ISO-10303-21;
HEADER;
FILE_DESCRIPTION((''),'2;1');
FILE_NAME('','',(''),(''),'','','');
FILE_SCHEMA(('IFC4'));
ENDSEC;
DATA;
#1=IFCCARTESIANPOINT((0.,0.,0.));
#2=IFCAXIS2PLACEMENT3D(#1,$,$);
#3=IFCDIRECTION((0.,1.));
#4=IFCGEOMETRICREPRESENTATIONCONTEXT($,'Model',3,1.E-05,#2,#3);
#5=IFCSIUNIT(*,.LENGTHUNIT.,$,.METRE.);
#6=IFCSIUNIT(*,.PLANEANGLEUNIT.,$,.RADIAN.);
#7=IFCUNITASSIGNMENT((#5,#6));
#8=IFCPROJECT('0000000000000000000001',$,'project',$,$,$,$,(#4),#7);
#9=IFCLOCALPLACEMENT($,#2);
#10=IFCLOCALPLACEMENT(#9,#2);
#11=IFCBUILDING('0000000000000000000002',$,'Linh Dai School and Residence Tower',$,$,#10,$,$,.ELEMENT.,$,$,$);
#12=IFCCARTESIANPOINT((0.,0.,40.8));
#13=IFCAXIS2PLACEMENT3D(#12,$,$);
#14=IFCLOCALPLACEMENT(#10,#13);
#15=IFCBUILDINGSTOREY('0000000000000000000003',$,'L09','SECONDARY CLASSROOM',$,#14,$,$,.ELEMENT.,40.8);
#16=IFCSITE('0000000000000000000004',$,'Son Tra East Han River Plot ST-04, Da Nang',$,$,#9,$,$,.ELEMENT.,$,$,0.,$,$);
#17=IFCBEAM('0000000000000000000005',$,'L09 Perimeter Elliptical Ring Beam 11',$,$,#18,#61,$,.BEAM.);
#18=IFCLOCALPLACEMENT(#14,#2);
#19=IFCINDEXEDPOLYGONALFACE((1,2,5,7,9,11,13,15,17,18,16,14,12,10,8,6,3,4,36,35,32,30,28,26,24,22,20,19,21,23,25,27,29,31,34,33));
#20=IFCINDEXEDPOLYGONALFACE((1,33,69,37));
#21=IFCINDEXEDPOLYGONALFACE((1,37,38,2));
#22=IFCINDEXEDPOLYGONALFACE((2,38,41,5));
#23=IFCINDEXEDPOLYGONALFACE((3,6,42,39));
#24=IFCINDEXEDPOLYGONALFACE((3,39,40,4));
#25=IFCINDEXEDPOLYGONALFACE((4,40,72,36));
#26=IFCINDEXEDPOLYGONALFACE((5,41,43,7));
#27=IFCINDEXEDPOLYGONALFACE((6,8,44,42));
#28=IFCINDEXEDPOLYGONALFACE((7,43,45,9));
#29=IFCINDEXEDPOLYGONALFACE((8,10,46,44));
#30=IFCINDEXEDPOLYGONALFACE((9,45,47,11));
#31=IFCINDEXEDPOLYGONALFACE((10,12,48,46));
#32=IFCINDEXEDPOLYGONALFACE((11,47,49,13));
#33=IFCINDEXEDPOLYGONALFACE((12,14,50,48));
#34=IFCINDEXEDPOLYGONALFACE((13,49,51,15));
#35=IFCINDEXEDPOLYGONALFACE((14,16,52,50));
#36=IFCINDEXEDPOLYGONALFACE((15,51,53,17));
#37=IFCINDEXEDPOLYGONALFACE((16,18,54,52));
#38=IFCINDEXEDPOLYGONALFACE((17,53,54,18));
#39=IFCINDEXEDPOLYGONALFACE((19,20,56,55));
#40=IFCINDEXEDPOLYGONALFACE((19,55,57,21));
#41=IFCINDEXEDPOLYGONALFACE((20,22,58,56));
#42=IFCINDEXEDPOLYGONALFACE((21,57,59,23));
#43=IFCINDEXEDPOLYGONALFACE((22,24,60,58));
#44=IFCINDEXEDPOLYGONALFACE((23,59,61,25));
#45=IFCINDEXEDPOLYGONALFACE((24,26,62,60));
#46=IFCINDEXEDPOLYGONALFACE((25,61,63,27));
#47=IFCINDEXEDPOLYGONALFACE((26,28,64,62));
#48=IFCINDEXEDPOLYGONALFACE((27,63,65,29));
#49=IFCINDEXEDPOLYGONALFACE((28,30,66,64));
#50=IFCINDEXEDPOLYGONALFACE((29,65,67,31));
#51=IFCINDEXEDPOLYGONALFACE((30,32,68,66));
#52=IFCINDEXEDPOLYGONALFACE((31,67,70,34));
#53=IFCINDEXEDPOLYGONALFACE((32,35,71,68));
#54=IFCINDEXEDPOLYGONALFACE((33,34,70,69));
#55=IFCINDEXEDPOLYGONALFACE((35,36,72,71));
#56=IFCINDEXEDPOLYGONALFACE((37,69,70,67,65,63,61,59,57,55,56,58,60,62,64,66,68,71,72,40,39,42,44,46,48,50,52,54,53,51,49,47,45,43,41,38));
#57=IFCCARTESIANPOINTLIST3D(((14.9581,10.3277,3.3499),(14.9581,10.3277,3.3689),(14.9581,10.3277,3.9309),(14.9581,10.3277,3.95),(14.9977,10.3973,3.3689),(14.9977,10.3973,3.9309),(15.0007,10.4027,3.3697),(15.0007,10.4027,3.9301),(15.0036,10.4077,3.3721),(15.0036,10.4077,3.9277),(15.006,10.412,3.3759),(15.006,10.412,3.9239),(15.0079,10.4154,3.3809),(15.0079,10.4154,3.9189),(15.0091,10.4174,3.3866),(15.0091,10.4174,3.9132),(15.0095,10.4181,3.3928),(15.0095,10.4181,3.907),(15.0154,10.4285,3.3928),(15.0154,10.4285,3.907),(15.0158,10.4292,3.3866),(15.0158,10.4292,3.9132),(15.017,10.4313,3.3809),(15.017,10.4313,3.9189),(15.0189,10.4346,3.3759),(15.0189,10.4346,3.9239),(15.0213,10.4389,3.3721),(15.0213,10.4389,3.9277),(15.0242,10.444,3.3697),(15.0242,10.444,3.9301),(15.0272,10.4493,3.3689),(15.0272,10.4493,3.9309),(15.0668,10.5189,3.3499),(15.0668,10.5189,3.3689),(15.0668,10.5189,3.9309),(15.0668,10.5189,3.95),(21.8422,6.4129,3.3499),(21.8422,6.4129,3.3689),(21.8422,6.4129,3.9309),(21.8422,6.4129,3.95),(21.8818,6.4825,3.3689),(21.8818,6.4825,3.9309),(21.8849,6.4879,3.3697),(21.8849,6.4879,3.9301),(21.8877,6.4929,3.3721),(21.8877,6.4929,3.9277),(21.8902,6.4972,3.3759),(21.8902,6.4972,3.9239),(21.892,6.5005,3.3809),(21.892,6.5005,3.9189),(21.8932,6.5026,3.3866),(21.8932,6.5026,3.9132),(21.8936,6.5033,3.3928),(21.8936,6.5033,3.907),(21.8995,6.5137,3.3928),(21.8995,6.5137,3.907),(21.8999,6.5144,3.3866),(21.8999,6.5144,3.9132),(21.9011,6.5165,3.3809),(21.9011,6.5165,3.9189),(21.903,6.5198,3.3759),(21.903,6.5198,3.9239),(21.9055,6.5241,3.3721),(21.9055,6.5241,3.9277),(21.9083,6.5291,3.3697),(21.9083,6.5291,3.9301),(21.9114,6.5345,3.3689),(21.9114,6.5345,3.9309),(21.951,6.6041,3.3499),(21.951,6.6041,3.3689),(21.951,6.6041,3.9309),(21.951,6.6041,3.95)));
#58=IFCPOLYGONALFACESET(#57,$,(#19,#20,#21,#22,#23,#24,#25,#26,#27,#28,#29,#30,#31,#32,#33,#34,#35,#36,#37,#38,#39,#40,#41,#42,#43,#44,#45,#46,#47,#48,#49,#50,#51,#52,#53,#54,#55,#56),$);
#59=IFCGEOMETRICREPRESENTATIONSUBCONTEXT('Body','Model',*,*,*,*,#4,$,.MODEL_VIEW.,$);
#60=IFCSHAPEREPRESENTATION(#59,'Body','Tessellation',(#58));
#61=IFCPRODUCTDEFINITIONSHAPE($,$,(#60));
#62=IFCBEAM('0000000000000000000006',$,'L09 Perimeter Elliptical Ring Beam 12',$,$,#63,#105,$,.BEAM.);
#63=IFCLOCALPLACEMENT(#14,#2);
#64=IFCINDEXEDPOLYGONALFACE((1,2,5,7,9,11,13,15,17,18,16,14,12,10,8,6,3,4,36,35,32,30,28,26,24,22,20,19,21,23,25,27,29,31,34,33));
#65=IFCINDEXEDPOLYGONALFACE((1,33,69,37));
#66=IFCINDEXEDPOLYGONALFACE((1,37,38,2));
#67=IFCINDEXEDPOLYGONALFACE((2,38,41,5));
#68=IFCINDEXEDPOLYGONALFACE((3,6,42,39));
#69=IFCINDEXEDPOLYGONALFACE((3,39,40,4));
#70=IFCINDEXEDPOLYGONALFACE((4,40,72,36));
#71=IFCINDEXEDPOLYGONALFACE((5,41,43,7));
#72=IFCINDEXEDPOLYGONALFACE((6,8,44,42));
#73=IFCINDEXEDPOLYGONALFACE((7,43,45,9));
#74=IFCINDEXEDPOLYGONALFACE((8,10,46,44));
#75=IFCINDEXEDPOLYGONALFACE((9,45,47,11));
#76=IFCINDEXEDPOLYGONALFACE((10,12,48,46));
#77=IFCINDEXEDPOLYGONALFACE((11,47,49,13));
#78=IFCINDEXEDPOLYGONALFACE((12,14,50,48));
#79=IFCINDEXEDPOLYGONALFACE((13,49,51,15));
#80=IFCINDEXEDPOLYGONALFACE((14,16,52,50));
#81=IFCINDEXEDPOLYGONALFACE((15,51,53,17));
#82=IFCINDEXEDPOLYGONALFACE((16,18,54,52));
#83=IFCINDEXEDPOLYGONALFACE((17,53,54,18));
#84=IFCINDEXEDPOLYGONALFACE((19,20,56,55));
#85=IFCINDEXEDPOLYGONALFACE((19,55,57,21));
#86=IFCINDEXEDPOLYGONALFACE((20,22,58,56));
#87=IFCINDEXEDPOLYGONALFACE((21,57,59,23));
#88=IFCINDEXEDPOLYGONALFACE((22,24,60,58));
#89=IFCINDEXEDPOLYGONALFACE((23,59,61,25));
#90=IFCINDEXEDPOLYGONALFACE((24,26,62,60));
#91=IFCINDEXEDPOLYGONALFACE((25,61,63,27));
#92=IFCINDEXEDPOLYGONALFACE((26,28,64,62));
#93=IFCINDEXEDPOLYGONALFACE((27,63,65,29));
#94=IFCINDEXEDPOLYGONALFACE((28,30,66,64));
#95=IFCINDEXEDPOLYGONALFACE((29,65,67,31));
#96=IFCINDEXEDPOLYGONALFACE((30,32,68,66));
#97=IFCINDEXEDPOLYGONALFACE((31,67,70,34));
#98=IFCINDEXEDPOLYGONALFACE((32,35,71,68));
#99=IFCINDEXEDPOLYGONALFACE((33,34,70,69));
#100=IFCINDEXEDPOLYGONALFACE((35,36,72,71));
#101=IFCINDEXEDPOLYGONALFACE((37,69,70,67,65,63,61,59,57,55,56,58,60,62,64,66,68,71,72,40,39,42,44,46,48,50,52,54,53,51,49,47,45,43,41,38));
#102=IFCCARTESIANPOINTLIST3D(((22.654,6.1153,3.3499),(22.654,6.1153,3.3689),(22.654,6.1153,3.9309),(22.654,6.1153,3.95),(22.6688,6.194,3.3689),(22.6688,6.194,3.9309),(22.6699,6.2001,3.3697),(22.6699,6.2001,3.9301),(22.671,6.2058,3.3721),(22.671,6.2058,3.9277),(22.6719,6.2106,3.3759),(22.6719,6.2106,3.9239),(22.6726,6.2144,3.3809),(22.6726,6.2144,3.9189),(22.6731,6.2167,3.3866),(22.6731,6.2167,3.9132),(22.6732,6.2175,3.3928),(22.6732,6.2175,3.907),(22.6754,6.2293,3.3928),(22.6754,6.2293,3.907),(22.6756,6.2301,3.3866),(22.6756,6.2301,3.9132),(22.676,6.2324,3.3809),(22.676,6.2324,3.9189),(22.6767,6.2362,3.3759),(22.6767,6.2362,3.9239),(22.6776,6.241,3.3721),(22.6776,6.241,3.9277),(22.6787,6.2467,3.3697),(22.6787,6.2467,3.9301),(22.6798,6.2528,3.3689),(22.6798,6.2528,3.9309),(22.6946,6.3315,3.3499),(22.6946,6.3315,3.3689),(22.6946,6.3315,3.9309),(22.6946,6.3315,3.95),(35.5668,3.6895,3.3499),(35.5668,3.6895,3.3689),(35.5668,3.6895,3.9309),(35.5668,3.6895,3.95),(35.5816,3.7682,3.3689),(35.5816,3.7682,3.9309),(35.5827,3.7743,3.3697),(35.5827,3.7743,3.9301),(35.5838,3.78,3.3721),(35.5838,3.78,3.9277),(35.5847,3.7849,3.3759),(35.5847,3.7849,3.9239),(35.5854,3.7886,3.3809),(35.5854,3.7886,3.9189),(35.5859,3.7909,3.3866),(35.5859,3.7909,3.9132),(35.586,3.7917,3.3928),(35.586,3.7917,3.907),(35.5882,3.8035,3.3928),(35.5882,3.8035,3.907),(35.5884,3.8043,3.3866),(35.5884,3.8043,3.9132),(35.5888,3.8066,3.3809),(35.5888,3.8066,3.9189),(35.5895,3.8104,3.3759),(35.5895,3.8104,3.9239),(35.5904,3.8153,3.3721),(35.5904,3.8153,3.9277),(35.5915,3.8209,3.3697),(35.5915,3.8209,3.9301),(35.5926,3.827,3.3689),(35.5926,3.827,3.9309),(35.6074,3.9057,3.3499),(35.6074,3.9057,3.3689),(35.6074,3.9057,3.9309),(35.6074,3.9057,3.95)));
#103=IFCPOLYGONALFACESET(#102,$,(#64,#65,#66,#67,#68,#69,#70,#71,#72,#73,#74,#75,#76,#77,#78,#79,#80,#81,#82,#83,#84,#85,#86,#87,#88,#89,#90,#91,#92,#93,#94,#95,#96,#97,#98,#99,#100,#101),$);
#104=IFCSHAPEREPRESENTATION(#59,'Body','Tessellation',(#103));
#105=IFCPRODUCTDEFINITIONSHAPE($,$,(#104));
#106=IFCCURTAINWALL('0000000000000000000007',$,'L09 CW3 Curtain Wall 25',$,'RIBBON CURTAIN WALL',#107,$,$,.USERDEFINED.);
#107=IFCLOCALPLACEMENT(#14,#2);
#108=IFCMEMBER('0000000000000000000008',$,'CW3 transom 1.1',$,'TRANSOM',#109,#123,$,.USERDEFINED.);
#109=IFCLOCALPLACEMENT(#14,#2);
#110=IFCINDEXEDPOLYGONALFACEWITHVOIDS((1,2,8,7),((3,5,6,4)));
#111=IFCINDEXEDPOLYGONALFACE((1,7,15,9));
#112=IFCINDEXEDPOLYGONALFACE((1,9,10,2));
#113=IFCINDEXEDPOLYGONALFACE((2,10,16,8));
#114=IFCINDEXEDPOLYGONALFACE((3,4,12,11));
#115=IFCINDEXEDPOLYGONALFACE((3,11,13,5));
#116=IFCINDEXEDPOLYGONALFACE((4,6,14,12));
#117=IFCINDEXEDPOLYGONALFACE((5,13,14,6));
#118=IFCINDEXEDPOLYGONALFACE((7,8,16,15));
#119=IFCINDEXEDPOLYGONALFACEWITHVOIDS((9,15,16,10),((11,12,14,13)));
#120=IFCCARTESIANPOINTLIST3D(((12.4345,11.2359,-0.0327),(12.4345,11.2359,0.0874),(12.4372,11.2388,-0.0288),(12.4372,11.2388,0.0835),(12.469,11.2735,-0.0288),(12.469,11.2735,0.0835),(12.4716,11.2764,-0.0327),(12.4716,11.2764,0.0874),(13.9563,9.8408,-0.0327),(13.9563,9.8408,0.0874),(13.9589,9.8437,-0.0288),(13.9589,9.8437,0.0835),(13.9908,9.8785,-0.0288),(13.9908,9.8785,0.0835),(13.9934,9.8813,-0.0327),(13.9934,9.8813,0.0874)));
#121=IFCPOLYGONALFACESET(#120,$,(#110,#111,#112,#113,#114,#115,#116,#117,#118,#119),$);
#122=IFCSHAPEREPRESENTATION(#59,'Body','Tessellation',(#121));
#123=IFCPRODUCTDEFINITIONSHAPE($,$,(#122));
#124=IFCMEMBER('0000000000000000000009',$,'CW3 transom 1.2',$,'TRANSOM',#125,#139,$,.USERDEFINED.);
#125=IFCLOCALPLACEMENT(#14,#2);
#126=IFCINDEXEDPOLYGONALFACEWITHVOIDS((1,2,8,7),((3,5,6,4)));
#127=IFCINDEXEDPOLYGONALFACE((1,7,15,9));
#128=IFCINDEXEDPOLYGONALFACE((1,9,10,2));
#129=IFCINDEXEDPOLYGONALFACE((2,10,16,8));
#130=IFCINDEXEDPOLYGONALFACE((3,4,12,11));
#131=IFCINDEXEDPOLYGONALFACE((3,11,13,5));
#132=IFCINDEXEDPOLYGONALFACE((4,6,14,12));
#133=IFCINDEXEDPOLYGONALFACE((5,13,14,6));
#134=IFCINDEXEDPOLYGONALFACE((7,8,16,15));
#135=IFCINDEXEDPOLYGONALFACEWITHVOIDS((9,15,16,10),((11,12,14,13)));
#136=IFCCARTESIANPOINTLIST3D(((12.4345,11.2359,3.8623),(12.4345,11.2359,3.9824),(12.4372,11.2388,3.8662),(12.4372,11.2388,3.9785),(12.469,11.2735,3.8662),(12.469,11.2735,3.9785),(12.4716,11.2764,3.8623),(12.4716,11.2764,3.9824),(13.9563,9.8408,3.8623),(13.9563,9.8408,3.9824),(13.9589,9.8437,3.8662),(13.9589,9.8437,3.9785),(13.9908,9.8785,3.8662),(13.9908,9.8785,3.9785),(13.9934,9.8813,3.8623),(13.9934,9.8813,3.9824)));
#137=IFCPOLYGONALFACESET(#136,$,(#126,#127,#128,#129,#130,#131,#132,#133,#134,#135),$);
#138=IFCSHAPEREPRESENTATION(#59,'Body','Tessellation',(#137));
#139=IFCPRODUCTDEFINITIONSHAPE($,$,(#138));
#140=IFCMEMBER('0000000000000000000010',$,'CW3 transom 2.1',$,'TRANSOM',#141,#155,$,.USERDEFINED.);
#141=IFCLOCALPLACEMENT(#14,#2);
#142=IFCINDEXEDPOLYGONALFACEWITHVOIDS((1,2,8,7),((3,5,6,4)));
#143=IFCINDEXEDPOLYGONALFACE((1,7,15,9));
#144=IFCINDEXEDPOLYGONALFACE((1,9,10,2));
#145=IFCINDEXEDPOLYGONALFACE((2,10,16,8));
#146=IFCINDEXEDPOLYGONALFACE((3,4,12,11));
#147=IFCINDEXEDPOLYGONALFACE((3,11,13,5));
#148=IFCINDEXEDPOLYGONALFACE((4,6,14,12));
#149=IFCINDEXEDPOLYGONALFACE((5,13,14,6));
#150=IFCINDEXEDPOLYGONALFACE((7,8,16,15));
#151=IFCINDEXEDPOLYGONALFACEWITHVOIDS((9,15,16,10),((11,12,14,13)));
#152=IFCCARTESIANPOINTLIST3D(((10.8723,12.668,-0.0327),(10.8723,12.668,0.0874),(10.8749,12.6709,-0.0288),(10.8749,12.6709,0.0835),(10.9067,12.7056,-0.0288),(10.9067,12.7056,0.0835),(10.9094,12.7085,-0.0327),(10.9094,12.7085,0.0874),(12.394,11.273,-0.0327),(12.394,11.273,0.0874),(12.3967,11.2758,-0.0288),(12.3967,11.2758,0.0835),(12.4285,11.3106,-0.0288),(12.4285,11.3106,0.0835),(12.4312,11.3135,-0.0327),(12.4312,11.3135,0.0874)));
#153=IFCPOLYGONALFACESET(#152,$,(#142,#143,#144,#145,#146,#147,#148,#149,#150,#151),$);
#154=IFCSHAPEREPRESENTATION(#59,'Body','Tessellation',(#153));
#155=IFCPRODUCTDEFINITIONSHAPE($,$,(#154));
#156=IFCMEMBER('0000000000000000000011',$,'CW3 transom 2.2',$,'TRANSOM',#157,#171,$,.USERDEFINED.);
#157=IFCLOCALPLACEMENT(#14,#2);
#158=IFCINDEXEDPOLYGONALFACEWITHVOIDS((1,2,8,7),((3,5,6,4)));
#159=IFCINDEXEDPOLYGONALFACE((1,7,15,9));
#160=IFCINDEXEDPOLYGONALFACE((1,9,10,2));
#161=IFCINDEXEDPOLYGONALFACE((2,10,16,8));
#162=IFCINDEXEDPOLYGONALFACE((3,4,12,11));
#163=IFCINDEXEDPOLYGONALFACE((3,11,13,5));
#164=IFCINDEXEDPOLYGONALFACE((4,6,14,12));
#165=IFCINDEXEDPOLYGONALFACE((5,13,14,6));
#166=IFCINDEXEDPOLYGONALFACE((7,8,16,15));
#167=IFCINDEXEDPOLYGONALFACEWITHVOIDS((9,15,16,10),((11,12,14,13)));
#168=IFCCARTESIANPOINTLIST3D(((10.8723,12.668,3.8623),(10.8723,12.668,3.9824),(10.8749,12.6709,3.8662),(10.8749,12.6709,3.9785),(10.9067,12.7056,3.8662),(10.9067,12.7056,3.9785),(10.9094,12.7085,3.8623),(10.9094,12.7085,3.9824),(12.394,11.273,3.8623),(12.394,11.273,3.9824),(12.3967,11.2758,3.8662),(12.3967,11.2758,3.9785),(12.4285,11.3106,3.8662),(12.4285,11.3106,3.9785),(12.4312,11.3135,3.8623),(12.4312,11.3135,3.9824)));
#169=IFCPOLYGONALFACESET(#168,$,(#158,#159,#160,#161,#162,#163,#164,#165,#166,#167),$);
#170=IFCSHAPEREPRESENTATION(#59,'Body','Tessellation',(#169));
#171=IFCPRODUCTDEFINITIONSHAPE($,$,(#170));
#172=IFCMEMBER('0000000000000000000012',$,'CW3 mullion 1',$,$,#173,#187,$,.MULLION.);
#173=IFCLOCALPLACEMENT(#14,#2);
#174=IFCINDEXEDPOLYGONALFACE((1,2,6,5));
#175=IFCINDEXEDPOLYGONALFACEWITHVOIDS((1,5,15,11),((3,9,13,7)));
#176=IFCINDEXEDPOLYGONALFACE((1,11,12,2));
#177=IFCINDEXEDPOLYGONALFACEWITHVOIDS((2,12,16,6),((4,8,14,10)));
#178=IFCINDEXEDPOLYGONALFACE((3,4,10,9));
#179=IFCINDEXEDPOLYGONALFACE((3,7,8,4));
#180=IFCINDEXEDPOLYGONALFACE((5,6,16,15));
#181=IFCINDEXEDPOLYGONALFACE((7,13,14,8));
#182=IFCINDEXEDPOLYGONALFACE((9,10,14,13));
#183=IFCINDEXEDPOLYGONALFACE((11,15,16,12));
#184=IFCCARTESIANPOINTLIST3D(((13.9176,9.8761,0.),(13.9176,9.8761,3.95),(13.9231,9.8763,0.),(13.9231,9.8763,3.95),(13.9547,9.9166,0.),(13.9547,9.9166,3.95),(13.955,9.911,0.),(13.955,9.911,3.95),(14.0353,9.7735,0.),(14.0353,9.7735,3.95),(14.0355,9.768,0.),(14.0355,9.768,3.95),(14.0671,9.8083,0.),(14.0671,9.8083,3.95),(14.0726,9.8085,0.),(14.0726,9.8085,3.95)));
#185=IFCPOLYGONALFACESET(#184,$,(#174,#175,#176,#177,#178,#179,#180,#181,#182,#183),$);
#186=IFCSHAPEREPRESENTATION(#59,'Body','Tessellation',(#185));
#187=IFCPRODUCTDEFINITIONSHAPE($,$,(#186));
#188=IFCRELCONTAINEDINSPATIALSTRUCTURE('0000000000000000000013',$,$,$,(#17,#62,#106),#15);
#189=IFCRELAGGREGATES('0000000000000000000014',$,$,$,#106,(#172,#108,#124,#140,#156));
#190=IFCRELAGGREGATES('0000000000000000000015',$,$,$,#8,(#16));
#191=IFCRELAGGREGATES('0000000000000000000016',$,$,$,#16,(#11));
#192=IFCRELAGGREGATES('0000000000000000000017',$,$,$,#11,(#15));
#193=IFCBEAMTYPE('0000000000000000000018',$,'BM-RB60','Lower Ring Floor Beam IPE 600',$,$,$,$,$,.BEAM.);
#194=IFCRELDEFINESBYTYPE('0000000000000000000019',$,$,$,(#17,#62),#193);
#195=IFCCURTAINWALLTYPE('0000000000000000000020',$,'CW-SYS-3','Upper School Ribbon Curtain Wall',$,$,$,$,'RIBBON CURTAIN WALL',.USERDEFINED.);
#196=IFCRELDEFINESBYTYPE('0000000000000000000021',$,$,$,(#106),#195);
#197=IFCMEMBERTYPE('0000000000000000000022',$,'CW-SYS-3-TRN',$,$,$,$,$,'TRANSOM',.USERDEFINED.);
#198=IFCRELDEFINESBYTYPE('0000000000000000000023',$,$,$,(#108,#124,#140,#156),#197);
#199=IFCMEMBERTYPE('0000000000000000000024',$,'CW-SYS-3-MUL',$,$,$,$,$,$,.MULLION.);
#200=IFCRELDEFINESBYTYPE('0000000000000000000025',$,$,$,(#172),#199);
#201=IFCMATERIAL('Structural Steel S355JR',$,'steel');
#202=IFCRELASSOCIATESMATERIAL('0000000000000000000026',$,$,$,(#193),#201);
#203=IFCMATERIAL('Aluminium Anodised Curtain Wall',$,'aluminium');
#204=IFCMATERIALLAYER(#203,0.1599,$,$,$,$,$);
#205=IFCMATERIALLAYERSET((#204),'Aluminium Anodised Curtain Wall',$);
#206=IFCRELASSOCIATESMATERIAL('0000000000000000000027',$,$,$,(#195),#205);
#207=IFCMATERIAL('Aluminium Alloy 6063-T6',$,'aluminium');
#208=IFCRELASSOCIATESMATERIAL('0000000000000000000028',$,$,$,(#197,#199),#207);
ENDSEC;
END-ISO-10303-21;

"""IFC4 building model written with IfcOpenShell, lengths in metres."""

from ifc_helpers import new_model, si_unit, direction, frame, origin, origin_2d, place, context, subcontext, project, spatial, hollow_rectangle, i_section, extrude, source, transform, mapped, material, layer, layer_set, material_profile, profile_set, type_object, element, aggregate, save


model = new_model("IFC4")

# Units and contexts
model_context = context("Model", 3, precision=1e-05, world=origin(), true_north=direction((0.0, 1.0)))
body_context = subcontext(model_context, "Body", "Model", "MODEL_VIEW")
ifc_project = project(units=[si_unit("LENGTHUNIT", "METRE"), si_unit("PLANEANGLEUNIT", "RADIAN")], contexts=[model_context])

# Site, building, storey
site_placement = place(None, origin())
site = spatial("IfcSite", under=ifc_project, at=site_placement, Name="Son Tra East Han River Plot ST-04, Da Nang", CompositionType="ELEMENT", RefElevation=0.0)
building_placement = place(site_placement, origin())
building = spatial("IfcBuilding", under=site, at=building_placement, Name="Linh Dai School and Residence Tower", CompositionType="ELEMENT")
storey_placement = place(building_placement, frame((0.0, 0.0, 40.8)))
storey = spatial("IfcBuildingStorey", under=building, at=storey_placement, Name="L09", Description="SECONDARY CLASSROOM", CompositionType="ELEMENT", Elevation=40.8)

# Shared definitions
ifc_material_1 = material(Name="Structural Steel S355JR", Category="steel")

# Beams
ifc_material_profile_1 = material_profile(ifc_material_1, i_section(OverallWidth=0.22, OverallDepth=0.6001, WebThickness=0.012, FlangeThickness=0.019, FilletRadius=0.0239, at=origin_2d()), Name="IPE 600")
ifc_profile_set_1 = profile_set([ifc_material_profile_1], Name="Structural Steel S355JR")
beam_type = type_object("IfcBeamType", Name="BM-RB60", Description="Lower Ring Floor Beam IPE 600", PredefinedType="BEAM", material=ifc_profile_set_1)
beam_1_placement = place(storey_placement, frame((15.0125, 10.4233, 3.6499), z_axis=(0.869271, -0.494335, 0.0), x_axis=(0.494335, 0.869271, 0.0)))
element("IfcBeam", 1, at=beam_1_placement, inside=storey, type_object=beam_type, Name="L09 Perimeter Elliptical Ring Beam 11", PredefinedType="BEAM", context=body_context, shape_type="SweptSolid", body=[
    extrude(i_section(OverallWidth=0.22, OverallDepth=0.6001, WebThickness=0.012, FlangeThickness=0.019, FilletRadius=0.0239, at=origin_2d()), origin(), (0.0, 0.0, 1.0), 7.9194),
])
beam_2_placement = place(storey_placement, frame((22.6743, 6.2234, 3.6499), z_axis=(0.982808, -0.184628, 0.0), x_axis=(0.184628, 0.982808, 0.0)))
element("IfcBeam", 2, at=beam_2_placement, inside=storey, type_object=beam_type, Name="L09 Perimeter Elliptical Ring Beam 12", PredefinedType="BEAM", context=body_context, shape_type="SweptSolid", body=[
    extrude(i_section(OverallWidth=0.22, OverallDepth=0.6001, WebThickness=0.012, FlangeThickness=0.019, FilletRadius=0.0239, at=origin_2d()), origin(), (0.0, 0.0, 1.0), 13.1387),
])

# Curtain wall, members
ifc_material_2 = material(Name="Aluminium Anodised Curtain Wall", Category="aluminium")
ifc_layer_1 = layer(ifc_material_2, 0.1599)
ifc_layer_set_1 = layer_set([ifc_layer_1], Name="Aluminium Anodised Curtain Wall")
curtain_wall_type = type_object("IfcCurtainWallType", Name="CW-SYS-3", Description="Upper School Ribbon Curtain Wall", ElementType="RIBBON CURTAIN WALL", PredefinedType="USERDEFINED", material=ifc_layer_set_1)
curtain_wall_placement = place(storey_placement, origin())
curtain_wall = element("IfcCurtainWall", 3, at=curtain_wall_placement, inside=storey, type_object=curtain_wall_type, Name="L09 CW3 Curtain Wall 25", ObjectType="RIBBON CURTAIN WALL", PredefinedType="USERDEFINED")
ifc_material_3 = material(Name="Aluminium Alloy 6063-T6", Category="aluminium")
ifc_material_profile_2 = material_profile(ifc_material_3, hollow_rectangle(XDim=0.0549, YDim=0.1201, WallThickness=0.0039, at=origin_2d()), Name="RHS 120x55x4")
ifc_profile_set_2 = profile_set([ifc_material_profile_2], Name="Aluminium Alloy 6063-T6")
member_type_1 = type_object("IfcMemberType", Name="CW-SYS-3-TRN", ElementType="TRANSOM", PredefinedType="USERDEFINED", material=ifc_profile_set_2)
shared_shape_1 = source(origin(), body_context, "Body", "SweptSolid", [
    extrude(hollow_rectangle(XDim=0.0549, YDim=0.1201, WallThickness=0.0039, at=origin_2d()), origin(), (0.0, 0.0, 1.0), 2.0645),
])
member_1_placement = place(storey_placement, frame((13.9749, 9.8611, 0.0273), z_axis=(-0.73713, 0.675751, 0.0), x_axis=(-0.675751, -0.73713, 0.0)))
member_1 = element("IfcMember", 4, at=member_1_placement, type_object=member_type_1, Name="CW3 transom 1.1", ObjectType="TRANSOM", PredefinedType="USERDEFINED", context=body_context, shape_type="MappedRepresentation", body=[
    mapped(shared_shape_1, transform((0.0, 0.0, 0.0), x_axis=(1.0, 0.0, 0.0), y_axis=(0.0, 1.0, 0.0), z_axis=(0.0, 0.0, 1.0), scale=1.0)),
])
member_2_placement = place(storey_placement, frame((13.9749, 9.8611, 3.9224), z_axis=(-0.73713, 0.675751, 0.0), x_axis=(-0.675751, -0.73713, 0.0)))
member_2 = element("IfcMember", 5, at=member_2_placement, type_object=member_type_1, Name="CW3 transom 1.2", ObjectType="TRANSOM", PredefinedType="USERDEFINED", context=body_context, shape_type="MappedRepresentation", body=[
    mapped(shared_shape_1, transform((0.0, 0.0, 0.0), x_axis=(1.0, 0.0, 0.0), y_axis=(0.0, 1.0, 0.0), z_axis=(0.0, 0.0, 1.0), scale=1.0)),
])
member_3_placement = place(storey_placement, frame((12.4126, 11.2932, 0.0273), z_axis=(-0.73713, 0.675751, 0.0), x_axis=(-0.675751, -0.73713, 0.0)))
member_3 = element("IfcMember", 6, at=member_3_placement, type_object=member_type_1, Name="CW3 transom 2.1", ObjectType="TRANSOM", PredefinedType="USERDEFINED", context=body_context, shape_type="MappedRepresentation", body=[
    mapped(shared_shape_1, transform((0.0, 0.0, 0.0), x_axis=(1.0, 0.0, 0.0), y_axis=(0.0, 1.0, 0.0), z_axis=(0.0, 0.0, 1.0), scale=1.0)),
])
member_4_placement = place(storey_placement, frame((12.4126, 11.2932, 3.9224), z_axis=(-0.73713, 0.675751, 0.0), x_axis=(-0.675751, -0.73713, 0.0)))
member_4 = element("IfcMember", 7, at=member_4_placement, type_object=member_type_1, Name="CW3 transom 2.2", ObjectType="TRANSOM", PredefinedType="USERDEFINED", context=body_context, shape_type="MappedRepresentation", body=[
    mapped(shared_shape_1, transform((0.0, 0.0, 0.0), x_axis=(1.0, 0.0, 0.0), y_axis=(0.0, 1.0, 0.0), z_axis=(0.0, 0.0, 1.0), scale=1.0)),
])
ifc_material_profile_3 = material_profile(ifc_material_3, hollow_rectangle(XDim=0.0549, YDim=0.1599, WallThickness=0.0039, at=origin_2d()), Name="RHS 160x55x4")
ifc_profile_set_3 = profile_set([ifc_material_profile_3], Name="Aluminium Alloy 6063-T6")
member_type_2 = type_object("IfcMemberType", Name="CW-SYS-3-MUL", PredefinedType="MULLION", material=ifc_profile_set_3)
shared_shape_2 = source(origin(), body_context, "Body", "SweptSolid", [
    extrude(hollow_rectangle(XDim=0.0549, YDim=0.1599, WallThickness=0.0039, at=origin_2d()), origin(), (0.0, 0.0, 1.0), 3.95),
])
member_5_placement = place(storey_placement, frame((13.9951, 9.8423, 0.0), z_axis=(0.0, 0.0, 1.0), x_axis=(-0.675769, -0.737113, 0.0)))
member_5 = element("IfcMember", 8, at=member_5_placement, type_object=member_type_2, Name="CW3 mullion 1", PredefinedType="MULLION", context=body_context, shape_type="MappedRepresentation", body=[
    mapped(shared_shape_2, transform((0.0, 0.0, 0.0), x_axis=(1.0, 0.0, 0.0), y_axis=(0.0, 1.0, 0.0), z_axis=(0.0, 0.0, 1.0), scale=1.0)),
])

aggregate(curtain_wall, [member_5, member_1, member_2, member_3, member_4])

save(model, "model.ifc")
